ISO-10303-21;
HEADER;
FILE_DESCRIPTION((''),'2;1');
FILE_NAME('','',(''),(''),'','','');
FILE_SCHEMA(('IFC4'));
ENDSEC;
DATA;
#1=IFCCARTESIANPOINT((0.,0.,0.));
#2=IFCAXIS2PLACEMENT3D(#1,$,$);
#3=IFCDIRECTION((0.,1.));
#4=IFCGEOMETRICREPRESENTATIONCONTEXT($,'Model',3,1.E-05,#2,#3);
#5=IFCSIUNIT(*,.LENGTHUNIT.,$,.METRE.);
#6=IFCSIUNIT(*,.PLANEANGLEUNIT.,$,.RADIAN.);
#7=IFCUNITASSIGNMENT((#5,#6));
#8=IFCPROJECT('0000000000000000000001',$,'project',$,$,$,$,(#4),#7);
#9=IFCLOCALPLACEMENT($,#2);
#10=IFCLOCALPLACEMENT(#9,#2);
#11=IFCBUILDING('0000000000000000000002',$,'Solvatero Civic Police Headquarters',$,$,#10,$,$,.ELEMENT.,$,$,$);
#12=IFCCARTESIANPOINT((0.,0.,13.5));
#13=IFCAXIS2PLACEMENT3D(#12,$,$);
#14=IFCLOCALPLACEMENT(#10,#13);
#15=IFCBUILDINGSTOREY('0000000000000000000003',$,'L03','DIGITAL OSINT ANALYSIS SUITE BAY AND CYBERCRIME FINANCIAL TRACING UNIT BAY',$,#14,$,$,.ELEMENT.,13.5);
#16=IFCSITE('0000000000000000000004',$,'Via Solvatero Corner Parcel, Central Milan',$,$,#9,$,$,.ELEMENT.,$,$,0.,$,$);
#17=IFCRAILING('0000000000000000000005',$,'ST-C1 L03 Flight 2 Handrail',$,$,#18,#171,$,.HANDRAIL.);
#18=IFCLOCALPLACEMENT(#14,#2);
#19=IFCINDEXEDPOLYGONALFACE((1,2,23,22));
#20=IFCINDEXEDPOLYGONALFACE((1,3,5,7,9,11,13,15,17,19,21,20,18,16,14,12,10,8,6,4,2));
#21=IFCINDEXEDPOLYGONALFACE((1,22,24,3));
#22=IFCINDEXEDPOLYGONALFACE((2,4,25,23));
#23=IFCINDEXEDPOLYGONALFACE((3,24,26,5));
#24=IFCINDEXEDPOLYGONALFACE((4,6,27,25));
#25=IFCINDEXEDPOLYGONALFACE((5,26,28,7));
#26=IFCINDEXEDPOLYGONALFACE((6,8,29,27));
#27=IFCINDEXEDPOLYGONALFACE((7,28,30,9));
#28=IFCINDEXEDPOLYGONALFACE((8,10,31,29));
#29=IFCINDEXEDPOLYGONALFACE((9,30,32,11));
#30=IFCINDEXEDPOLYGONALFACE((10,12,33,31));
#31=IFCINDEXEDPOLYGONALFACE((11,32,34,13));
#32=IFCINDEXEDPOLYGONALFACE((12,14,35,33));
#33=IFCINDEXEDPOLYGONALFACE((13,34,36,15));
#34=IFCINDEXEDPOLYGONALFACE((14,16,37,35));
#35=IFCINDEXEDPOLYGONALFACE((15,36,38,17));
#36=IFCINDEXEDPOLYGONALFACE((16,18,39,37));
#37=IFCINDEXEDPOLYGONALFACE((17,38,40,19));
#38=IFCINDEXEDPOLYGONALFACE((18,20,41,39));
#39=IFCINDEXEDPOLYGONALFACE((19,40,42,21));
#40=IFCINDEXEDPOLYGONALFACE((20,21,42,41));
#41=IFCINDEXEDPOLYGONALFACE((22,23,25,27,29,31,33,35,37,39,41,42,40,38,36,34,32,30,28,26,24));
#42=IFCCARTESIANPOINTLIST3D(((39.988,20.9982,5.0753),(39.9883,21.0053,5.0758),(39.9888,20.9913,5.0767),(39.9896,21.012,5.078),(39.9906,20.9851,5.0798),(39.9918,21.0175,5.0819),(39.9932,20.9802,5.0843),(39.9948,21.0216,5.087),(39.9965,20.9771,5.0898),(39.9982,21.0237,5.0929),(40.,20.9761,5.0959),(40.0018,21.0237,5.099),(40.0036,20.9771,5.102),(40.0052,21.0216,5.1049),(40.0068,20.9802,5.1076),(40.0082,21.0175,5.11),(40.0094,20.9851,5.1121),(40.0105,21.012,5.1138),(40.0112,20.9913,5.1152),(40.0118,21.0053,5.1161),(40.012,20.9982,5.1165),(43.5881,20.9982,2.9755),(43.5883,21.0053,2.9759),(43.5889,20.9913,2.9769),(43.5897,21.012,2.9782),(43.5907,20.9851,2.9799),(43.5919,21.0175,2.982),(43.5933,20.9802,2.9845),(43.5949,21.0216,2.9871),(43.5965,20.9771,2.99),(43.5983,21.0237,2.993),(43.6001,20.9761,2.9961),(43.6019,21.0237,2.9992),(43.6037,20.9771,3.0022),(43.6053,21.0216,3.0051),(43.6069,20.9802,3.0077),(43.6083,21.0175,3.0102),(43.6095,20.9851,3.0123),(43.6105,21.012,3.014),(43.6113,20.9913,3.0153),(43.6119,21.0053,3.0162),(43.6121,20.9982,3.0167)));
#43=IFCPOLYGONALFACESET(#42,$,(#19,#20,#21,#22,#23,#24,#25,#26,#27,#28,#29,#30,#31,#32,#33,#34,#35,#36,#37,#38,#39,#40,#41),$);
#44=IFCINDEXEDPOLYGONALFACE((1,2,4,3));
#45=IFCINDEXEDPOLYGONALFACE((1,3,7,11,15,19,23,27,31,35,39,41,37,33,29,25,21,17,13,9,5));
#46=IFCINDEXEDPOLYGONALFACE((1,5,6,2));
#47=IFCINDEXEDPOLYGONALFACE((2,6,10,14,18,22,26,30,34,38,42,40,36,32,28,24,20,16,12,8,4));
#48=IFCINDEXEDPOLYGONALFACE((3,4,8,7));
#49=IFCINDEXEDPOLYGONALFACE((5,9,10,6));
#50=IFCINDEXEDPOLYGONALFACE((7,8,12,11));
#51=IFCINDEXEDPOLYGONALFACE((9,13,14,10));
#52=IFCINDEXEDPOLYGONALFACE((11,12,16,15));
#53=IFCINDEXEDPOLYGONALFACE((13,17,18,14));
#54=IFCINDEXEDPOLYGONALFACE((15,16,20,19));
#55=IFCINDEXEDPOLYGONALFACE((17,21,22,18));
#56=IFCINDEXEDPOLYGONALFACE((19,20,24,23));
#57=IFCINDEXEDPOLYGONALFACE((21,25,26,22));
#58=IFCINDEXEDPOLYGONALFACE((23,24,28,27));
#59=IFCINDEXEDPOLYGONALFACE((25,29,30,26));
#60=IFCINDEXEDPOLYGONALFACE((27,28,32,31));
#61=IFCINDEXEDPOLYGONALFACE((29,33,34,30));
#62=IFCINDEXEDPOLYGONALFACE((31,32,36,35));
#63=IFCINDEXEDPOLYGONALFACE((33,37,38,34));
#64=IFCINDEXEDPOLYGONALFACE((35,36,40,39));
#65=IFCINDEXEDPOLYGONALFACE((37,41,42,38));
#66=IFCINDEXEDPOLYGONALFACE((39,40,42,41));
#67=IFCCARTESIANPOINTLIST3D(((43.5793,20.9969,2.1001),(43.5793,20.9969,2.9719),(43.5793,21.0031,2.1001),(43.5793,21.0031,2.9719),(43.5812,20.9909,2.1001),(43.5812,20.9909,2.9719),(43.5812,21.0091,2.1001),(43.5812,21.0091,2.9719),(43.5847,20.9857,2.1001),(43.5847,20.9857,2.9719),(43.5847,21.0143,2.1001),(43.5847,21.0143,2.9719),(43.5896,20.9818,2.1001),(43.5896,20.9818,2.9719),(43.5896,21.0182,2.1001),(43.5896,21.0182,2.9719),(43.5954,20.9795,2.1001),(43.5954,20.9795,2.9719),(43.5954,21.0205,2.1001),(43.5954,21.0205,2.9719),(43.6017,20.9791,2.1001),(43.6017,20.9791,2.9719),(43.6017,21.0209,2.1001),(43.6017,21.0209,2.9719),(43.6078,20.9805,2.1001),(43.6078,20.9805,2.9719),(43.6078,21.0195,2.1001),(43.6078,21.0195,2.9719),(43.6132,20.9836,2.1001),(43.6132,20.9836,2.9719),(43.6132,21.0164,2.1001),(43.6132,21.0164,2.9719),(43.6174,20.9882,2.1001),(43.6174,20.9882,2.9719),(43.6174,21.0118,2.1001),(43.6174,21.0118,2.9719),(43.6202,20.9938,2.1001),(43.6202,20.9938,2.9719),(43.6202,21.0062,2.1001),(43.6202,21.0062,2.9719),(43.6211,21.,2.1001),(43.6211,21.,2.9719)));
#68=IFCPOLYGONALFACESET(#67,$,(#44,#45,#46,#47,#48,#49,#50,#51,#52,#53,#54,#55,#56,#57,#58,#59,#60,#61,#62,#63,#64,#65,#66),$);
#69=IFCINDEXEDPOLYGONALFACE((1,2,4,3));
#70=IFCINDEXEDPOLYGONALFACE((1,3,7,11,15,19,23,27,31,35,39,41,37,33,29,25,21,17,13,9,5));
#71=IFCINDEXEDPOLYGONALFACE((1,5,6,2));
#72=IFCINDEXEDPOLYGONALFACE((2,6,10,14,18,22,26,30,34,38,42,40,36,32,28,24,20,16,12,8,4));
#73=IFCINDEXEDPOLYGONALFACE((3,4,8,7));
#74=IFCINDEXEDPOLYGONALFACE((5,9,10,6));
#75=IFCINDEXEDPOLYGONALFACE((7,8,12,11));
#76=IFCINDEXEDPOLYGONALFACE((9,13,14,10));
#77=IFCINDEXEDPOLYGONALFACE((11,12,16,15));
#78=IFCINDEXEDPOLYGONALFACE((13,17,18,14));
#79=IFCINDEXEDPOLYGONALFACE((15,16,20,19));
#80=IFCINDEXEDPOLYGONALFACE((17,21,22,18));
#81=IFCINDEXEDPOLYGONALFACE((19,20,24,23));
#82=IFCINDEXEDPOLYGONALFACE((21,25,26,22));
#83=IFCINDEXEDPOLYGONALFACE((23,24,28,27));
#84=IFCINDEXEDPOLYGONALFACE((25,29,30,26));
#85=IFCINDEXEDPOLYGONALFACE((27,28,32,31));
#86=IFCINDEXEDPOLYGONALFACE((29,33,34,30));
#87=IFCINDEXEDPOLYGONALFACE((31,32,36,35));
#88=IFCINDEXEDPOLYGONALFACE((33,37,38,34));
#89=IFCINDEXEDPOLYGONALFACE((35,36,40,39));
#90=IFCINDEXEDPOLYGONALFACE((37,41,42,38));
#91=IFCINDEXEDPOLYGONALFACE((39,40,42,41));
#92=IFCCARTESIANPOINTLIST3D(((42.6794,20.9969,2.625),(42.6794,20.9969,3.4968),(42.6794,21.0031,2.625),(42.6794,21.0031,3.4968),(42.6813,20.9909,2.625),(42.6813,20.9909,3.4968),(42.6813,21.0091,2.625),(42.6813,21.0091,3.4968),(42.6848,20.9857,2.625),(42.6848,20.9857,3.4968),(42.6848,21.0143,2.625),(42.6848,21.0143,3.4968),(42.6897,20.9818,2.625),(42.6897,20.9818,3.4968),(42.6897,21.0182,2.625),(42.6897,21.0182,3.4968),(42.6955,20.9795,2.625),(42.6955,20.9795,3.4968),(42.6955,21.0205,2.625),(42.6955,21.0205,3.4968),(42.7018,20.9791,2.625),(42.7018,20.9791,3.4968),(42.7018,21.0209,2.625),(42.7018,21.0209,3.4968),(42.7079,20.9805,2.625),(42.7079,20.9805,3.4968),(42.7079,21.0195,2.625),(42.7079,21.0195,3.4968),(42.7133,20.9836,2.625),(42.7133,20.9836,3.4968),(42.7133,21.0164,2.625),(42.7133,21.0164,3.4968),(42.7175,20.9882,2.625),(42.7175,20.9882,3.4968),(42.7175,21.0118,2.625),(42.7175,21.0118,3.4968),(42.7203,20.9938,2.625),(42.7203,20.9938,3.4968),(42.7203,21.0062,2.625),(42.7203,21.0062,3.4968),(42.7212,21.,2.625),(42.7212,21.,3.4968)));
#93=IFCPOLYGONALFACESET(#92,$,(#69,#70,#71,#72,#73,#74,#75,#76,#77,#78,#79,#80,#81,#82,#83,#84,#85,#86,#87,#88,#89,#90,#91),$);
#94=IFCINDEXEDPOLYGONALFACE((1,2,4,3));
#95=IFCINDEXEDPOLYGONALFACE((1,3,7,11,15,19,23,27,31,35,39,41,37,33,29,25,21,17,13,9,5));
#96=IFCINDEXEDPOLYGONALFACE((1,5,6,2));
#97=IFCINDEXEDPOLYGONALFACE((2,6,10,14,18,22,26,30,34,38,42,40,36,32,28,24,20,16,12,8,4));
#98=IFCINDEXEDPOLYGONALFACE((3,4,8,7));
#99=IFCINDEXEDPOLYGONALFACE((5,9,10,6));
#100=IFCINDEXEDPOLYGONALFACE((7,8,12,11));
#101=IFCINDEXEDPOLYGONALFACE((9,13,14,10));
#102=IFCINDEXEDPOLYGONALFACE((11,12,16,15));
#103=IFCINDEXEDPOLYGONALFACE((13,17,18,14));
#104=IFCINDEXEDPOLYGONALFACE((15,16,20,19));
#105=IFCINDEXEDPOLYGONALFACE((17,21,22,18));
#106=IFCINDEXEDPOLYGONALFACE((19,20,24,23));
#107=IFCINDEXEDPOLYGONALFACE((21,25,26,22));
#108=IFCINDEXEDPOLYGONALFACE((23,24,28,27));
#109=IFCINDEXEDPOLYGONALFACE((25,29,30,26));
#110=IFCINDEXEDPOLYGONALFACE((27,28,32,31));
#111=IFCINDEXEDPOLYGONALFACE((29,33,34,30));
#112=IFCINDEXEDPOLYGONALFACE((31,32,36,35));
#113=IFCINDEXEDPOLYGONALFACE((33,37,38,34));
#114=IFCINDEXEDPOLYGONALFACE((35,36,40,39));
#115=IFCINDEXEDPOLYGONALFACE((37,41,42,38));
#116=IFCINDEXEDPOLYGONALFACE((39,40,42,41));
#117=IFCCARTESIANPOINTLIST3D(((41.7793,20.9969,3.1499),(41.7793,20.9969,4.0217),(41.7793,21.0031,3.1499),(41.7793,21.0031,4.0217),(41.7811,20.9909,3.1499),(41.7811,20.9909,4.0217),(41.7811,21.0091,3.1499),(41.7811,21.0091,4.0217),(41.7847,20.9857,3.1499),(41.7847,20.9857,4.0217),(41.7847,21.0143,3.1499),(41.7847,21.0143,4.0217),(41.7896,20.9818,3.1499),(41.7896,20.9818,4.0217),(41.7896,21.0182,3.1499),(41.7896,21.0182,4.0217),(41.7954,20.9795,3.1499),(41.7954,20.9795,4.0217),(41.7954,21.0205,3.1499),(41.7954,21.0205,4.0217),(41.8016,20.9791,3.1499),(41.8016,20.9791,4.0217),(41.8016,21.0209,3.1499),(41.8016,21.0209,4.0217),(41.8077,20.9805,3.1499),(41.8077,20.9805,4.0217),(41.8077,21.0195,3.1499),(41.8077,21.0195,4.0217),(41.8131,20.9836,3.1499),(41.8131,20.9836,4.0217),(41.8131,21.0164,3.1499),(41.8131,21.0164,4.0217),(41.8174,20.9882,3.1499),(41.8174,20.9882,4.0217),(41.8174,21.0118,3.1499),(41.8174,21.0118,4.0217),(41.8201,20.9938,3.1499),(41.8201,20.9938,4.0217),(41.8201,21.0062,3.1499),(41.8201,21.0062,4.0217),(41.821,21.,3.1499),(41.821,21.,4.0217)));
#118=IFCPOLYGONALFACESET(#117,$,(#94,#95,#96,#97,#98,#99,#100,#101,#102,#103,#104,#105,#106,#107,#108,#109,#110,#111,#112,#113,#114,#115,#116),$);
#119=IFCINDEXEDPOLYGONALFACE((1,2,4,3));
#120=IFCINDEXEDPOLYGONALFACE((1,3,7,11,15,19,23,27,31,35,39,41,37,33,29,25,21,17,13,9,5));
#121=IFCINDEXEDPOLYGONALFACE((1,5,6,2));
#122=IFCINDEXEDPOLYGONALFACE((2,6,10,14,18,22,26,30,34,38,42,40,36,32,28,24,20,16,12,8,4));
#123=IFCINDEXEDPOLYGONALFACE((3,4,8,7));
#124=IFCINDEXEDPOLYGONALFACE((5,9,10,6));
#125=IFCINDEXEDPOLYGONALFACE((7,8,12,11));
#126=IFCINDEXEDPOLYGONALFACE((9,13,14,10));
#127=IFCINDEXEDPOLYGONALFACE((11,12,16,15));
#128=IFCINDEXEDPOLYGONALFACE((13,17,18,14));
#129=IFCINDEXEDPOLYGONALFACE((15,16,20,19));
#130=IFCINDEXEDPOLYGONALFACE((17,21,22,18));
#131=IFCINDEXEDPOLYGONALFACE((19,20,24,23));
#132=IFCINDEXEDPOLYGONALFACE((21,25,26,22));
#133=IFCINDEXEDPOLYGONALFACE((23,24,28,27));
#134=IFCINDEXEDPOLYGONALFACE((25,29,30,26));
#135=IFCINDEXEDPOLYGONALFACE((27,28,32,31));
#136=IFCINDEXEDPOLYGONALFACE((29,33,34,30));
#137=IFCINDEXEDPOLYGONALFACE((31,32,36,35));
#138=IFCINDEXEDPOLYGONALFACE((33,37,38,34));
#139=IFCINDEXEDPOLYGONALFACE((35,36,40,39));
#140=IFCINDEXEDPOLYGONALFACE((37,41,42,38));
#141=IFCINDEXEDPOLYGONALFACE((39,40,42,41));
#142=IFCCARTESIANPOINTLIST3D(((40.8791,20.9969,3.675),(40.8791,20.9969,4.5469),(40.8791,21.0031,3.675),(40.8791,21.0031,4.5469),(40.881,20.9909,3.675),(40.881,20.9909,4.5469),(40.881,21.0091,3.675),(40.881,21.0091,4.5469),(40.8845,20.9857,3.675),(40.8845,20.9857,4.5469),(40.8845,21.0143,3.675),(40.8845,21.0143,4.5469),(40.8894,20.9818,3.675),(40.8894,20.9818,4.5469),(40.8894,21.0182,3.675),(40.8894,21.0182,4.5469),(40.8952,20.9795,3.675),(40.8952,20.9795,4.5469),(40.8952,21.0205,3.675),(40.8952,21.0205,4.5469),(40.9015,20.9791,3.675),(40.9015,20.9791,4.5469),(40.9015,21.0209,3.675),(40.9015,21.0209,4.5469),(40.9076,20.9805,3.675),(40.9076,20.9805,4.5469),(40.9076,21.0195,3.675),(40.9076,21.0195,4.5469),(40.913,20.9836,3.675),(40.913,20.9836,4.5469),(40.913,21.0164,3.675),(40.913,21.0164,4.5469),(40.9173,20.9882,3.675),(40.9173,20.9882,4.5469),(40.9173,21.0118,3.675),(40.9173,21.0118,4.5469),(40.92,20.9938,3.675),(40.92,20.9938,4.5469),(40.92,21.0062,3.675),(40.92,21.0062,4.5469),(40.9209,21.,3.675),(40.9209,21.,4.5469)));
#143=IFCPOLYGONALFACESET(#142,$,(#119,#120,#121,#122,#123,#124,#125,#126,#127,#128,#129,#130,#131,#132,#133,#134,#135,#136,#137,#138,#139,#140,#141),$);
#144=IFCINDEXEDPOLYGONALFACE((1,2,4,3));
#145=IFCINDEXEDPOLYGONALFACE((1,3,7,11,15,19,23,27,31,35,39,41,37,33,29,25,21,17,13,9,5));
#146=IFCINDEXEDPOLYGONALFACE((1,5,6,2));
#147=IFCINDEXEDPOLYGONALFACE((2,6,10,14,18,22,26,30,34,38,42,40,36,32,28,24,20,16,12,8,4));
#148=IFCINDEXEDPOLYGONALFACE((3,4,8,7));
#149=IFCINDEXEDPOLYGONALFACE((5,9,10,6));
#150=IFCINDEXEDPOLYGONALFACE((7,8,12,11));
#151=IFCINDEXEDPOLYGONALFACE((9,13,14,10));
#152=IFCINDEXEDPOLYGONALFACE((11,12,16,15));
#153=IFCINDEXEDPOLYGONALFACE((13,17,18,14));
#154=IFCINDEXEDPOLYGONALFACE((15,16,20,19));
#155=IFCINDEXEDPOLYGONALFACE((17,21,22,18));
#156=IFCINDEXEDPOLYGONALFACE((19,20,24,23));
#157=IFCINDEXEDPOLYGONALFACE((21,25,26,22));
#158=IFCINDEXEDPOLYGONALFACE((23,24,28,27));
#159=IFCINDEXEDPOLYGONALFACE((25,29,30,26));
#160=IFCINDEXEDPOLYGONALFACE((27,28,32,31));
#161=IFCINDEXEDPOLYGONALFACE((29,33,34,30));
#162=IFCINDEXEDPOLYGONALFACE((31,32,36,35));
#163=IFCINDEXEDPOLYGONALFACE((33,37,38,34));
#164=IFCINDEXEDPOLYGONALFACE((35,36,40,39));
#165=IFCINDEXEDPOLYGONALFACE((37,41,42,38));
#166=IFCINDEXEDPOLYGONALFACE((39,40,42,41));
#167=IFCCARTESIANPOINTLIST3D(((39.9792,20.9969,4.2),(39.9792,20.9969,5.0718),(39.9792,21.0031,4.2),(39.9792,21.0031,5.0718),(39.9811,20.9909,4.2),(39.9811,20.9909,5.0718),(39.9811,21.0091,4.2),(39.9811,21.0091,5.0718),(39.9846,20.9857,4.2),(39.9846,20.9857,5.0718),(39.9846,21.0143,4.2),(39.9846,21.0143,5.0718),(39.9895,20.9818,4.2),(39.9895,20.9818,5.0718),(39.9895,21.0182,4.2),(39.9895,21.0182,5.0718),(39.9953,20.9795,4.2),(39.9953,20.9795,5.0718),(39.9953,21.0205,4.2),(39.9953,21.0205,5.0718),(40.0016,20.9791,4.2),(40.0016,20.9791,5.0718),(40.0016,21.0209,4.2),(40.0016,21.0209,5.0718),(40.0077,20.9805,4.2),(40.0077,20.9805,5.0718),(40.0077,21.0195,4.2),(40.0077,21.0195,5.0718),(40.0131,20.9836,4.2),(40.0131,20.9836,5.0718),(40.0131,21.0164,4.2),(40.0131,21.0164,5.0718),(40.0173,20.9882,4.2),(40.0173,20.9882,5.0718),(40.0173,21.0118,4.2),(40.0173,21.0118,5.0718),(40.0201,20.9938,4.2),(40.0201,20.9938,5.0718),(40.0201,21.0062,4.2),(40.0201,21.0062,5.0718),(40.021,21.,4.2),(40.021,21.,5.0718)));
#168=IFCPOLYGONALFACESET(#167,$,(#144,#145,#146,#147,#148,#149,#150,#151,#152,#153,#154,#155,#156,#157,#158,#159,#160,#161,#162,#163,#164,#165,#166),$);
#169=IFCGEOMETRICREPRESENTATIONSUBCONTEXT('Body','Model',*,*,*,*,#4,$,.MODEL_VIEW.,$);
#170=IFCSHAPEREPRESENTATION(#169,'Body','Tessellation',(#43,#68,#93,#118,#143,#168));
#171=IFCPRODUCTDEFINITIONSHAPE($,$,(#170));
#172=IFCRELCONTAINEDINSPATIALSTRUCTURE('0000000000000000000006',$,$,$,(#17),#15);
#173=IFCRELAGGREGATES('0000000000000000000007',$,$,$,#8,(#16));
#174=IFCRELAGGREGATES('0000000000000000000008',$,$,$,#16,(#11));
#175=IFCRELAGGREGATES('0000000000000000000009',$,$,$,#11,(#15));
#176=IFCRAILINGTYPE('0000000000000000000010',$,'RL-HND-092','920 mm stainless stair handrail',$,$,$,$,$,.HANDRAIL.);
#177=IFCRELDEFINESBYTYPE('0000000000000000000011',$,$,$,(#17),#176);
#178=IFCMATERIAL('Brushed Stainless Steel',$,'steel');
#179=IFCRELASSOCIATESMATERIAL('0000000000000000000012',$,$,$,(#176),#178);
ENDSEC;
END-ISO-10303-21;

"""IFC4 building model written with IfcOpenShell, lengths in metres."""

from ifc_helpers import new_model, si_unit, direction, frame, origin, origin_2d, place, context, subcontext, project, spatial, circle, extrude, material, type_object, element, save


model = new_model("IFC4")

# Units and contexts
model_context = context("Model", 3, precision=1e-05, world=origin(), true_north=direction((0.0, 1.0)))
body_context = subcontext(model_context, "Body", "Model", "MODEL_VIEW")
ifc_project = project(units=[si_unit("LENGTHUNIT", "METRE"), si_unit("PLANEANGLEUNIT", "RADIAN")], contexts=[model_context])

# Site, building, storey
site_placement = place(None, origin())
site = spatial("IfcSite", under=ifc_project, at=site_placement, Name="Via Solvatero Corner Parcel, Central Milan", CompositionType="ELEMENT", RefElevation=0.0)
building_placement = place(site_placement, origin())
building = spatial("IfcBuilding", under=site, at=building_placement, Name="Solvatero Civic Police Headquarters", CompositionType="ELEMENT")
storey_placement = place(building_placement, frame((0.0, 0.0, 13.5)))
storey = spatial("IfcBuildingStorey", under=building, at=storey_placement, Name="L03", Description="DIGITAL OSINT ANALYSIS SUITE BAY AND CYBERCRIME FINANCIAL TRACING UNIT BAY", CompositionType="ELEMENT", Elevation=13.5)

# Railing
ifc_material_1 = material(Name="Brushed Stainless Steel", Category="steel")
railing_type_1 = type_object("IfcRailingType", Name="RL-HND-092", Description="920 mm stainless stair handrail", PredefinedType="HANDRAIL", material=ifc_material_1)
railing_1_placement = place(storey_placement, frame((43.6001, 21.0, 2.1001)))
element("IfcRailing", 1, at=railing_1_placement, inside=storey, type_object=railing_type_1, Name="ST-C1 L03 Flight 2 Handrail", PredefinedType="HANDRAIL", context=body_context, shape_type="SweptSolid", body=[
    extrude(circle(Radius=0.0239, at=origin_2d()), frame((0.0, 0.0, 0.896), z_axis=(-0.8638, 0.0, 0.503835), x_axis=(0.0, -1.0, 0.0)), (0.0, 0.0, 1.0), 4.1677),
    extrude(circle(Radius=0.021, at=origin_2d()), origin(), (0.0, 0.0, 1.0), 0.8718),
    extrude(circle(Radius=0.021, at=origin_2d()), frame((-0.8999, 0.0, 0.5249)), (0.0, 0.0, 1.0), 0.8718),
    extrude(circle(Radius=0.021, at=origin_2d()), frame((-1.8, 0.0, 1.0498)), (0.0, 0.0, 1.0), 0.8718),
    extrude(circle(Radius=0.021, at=origin_2d()), frame((-2.7002, 0.0, 1.575)), (0.0, 0.0, 1.0), 0.8718),
    extrude(circle(Radius=0.021, at=origin_2d()), frame((-3.6001, 0.0, 2.0999)), (0.0, 0.0, 1.0), 0.8718),
])

save(model, "model.ifc")
